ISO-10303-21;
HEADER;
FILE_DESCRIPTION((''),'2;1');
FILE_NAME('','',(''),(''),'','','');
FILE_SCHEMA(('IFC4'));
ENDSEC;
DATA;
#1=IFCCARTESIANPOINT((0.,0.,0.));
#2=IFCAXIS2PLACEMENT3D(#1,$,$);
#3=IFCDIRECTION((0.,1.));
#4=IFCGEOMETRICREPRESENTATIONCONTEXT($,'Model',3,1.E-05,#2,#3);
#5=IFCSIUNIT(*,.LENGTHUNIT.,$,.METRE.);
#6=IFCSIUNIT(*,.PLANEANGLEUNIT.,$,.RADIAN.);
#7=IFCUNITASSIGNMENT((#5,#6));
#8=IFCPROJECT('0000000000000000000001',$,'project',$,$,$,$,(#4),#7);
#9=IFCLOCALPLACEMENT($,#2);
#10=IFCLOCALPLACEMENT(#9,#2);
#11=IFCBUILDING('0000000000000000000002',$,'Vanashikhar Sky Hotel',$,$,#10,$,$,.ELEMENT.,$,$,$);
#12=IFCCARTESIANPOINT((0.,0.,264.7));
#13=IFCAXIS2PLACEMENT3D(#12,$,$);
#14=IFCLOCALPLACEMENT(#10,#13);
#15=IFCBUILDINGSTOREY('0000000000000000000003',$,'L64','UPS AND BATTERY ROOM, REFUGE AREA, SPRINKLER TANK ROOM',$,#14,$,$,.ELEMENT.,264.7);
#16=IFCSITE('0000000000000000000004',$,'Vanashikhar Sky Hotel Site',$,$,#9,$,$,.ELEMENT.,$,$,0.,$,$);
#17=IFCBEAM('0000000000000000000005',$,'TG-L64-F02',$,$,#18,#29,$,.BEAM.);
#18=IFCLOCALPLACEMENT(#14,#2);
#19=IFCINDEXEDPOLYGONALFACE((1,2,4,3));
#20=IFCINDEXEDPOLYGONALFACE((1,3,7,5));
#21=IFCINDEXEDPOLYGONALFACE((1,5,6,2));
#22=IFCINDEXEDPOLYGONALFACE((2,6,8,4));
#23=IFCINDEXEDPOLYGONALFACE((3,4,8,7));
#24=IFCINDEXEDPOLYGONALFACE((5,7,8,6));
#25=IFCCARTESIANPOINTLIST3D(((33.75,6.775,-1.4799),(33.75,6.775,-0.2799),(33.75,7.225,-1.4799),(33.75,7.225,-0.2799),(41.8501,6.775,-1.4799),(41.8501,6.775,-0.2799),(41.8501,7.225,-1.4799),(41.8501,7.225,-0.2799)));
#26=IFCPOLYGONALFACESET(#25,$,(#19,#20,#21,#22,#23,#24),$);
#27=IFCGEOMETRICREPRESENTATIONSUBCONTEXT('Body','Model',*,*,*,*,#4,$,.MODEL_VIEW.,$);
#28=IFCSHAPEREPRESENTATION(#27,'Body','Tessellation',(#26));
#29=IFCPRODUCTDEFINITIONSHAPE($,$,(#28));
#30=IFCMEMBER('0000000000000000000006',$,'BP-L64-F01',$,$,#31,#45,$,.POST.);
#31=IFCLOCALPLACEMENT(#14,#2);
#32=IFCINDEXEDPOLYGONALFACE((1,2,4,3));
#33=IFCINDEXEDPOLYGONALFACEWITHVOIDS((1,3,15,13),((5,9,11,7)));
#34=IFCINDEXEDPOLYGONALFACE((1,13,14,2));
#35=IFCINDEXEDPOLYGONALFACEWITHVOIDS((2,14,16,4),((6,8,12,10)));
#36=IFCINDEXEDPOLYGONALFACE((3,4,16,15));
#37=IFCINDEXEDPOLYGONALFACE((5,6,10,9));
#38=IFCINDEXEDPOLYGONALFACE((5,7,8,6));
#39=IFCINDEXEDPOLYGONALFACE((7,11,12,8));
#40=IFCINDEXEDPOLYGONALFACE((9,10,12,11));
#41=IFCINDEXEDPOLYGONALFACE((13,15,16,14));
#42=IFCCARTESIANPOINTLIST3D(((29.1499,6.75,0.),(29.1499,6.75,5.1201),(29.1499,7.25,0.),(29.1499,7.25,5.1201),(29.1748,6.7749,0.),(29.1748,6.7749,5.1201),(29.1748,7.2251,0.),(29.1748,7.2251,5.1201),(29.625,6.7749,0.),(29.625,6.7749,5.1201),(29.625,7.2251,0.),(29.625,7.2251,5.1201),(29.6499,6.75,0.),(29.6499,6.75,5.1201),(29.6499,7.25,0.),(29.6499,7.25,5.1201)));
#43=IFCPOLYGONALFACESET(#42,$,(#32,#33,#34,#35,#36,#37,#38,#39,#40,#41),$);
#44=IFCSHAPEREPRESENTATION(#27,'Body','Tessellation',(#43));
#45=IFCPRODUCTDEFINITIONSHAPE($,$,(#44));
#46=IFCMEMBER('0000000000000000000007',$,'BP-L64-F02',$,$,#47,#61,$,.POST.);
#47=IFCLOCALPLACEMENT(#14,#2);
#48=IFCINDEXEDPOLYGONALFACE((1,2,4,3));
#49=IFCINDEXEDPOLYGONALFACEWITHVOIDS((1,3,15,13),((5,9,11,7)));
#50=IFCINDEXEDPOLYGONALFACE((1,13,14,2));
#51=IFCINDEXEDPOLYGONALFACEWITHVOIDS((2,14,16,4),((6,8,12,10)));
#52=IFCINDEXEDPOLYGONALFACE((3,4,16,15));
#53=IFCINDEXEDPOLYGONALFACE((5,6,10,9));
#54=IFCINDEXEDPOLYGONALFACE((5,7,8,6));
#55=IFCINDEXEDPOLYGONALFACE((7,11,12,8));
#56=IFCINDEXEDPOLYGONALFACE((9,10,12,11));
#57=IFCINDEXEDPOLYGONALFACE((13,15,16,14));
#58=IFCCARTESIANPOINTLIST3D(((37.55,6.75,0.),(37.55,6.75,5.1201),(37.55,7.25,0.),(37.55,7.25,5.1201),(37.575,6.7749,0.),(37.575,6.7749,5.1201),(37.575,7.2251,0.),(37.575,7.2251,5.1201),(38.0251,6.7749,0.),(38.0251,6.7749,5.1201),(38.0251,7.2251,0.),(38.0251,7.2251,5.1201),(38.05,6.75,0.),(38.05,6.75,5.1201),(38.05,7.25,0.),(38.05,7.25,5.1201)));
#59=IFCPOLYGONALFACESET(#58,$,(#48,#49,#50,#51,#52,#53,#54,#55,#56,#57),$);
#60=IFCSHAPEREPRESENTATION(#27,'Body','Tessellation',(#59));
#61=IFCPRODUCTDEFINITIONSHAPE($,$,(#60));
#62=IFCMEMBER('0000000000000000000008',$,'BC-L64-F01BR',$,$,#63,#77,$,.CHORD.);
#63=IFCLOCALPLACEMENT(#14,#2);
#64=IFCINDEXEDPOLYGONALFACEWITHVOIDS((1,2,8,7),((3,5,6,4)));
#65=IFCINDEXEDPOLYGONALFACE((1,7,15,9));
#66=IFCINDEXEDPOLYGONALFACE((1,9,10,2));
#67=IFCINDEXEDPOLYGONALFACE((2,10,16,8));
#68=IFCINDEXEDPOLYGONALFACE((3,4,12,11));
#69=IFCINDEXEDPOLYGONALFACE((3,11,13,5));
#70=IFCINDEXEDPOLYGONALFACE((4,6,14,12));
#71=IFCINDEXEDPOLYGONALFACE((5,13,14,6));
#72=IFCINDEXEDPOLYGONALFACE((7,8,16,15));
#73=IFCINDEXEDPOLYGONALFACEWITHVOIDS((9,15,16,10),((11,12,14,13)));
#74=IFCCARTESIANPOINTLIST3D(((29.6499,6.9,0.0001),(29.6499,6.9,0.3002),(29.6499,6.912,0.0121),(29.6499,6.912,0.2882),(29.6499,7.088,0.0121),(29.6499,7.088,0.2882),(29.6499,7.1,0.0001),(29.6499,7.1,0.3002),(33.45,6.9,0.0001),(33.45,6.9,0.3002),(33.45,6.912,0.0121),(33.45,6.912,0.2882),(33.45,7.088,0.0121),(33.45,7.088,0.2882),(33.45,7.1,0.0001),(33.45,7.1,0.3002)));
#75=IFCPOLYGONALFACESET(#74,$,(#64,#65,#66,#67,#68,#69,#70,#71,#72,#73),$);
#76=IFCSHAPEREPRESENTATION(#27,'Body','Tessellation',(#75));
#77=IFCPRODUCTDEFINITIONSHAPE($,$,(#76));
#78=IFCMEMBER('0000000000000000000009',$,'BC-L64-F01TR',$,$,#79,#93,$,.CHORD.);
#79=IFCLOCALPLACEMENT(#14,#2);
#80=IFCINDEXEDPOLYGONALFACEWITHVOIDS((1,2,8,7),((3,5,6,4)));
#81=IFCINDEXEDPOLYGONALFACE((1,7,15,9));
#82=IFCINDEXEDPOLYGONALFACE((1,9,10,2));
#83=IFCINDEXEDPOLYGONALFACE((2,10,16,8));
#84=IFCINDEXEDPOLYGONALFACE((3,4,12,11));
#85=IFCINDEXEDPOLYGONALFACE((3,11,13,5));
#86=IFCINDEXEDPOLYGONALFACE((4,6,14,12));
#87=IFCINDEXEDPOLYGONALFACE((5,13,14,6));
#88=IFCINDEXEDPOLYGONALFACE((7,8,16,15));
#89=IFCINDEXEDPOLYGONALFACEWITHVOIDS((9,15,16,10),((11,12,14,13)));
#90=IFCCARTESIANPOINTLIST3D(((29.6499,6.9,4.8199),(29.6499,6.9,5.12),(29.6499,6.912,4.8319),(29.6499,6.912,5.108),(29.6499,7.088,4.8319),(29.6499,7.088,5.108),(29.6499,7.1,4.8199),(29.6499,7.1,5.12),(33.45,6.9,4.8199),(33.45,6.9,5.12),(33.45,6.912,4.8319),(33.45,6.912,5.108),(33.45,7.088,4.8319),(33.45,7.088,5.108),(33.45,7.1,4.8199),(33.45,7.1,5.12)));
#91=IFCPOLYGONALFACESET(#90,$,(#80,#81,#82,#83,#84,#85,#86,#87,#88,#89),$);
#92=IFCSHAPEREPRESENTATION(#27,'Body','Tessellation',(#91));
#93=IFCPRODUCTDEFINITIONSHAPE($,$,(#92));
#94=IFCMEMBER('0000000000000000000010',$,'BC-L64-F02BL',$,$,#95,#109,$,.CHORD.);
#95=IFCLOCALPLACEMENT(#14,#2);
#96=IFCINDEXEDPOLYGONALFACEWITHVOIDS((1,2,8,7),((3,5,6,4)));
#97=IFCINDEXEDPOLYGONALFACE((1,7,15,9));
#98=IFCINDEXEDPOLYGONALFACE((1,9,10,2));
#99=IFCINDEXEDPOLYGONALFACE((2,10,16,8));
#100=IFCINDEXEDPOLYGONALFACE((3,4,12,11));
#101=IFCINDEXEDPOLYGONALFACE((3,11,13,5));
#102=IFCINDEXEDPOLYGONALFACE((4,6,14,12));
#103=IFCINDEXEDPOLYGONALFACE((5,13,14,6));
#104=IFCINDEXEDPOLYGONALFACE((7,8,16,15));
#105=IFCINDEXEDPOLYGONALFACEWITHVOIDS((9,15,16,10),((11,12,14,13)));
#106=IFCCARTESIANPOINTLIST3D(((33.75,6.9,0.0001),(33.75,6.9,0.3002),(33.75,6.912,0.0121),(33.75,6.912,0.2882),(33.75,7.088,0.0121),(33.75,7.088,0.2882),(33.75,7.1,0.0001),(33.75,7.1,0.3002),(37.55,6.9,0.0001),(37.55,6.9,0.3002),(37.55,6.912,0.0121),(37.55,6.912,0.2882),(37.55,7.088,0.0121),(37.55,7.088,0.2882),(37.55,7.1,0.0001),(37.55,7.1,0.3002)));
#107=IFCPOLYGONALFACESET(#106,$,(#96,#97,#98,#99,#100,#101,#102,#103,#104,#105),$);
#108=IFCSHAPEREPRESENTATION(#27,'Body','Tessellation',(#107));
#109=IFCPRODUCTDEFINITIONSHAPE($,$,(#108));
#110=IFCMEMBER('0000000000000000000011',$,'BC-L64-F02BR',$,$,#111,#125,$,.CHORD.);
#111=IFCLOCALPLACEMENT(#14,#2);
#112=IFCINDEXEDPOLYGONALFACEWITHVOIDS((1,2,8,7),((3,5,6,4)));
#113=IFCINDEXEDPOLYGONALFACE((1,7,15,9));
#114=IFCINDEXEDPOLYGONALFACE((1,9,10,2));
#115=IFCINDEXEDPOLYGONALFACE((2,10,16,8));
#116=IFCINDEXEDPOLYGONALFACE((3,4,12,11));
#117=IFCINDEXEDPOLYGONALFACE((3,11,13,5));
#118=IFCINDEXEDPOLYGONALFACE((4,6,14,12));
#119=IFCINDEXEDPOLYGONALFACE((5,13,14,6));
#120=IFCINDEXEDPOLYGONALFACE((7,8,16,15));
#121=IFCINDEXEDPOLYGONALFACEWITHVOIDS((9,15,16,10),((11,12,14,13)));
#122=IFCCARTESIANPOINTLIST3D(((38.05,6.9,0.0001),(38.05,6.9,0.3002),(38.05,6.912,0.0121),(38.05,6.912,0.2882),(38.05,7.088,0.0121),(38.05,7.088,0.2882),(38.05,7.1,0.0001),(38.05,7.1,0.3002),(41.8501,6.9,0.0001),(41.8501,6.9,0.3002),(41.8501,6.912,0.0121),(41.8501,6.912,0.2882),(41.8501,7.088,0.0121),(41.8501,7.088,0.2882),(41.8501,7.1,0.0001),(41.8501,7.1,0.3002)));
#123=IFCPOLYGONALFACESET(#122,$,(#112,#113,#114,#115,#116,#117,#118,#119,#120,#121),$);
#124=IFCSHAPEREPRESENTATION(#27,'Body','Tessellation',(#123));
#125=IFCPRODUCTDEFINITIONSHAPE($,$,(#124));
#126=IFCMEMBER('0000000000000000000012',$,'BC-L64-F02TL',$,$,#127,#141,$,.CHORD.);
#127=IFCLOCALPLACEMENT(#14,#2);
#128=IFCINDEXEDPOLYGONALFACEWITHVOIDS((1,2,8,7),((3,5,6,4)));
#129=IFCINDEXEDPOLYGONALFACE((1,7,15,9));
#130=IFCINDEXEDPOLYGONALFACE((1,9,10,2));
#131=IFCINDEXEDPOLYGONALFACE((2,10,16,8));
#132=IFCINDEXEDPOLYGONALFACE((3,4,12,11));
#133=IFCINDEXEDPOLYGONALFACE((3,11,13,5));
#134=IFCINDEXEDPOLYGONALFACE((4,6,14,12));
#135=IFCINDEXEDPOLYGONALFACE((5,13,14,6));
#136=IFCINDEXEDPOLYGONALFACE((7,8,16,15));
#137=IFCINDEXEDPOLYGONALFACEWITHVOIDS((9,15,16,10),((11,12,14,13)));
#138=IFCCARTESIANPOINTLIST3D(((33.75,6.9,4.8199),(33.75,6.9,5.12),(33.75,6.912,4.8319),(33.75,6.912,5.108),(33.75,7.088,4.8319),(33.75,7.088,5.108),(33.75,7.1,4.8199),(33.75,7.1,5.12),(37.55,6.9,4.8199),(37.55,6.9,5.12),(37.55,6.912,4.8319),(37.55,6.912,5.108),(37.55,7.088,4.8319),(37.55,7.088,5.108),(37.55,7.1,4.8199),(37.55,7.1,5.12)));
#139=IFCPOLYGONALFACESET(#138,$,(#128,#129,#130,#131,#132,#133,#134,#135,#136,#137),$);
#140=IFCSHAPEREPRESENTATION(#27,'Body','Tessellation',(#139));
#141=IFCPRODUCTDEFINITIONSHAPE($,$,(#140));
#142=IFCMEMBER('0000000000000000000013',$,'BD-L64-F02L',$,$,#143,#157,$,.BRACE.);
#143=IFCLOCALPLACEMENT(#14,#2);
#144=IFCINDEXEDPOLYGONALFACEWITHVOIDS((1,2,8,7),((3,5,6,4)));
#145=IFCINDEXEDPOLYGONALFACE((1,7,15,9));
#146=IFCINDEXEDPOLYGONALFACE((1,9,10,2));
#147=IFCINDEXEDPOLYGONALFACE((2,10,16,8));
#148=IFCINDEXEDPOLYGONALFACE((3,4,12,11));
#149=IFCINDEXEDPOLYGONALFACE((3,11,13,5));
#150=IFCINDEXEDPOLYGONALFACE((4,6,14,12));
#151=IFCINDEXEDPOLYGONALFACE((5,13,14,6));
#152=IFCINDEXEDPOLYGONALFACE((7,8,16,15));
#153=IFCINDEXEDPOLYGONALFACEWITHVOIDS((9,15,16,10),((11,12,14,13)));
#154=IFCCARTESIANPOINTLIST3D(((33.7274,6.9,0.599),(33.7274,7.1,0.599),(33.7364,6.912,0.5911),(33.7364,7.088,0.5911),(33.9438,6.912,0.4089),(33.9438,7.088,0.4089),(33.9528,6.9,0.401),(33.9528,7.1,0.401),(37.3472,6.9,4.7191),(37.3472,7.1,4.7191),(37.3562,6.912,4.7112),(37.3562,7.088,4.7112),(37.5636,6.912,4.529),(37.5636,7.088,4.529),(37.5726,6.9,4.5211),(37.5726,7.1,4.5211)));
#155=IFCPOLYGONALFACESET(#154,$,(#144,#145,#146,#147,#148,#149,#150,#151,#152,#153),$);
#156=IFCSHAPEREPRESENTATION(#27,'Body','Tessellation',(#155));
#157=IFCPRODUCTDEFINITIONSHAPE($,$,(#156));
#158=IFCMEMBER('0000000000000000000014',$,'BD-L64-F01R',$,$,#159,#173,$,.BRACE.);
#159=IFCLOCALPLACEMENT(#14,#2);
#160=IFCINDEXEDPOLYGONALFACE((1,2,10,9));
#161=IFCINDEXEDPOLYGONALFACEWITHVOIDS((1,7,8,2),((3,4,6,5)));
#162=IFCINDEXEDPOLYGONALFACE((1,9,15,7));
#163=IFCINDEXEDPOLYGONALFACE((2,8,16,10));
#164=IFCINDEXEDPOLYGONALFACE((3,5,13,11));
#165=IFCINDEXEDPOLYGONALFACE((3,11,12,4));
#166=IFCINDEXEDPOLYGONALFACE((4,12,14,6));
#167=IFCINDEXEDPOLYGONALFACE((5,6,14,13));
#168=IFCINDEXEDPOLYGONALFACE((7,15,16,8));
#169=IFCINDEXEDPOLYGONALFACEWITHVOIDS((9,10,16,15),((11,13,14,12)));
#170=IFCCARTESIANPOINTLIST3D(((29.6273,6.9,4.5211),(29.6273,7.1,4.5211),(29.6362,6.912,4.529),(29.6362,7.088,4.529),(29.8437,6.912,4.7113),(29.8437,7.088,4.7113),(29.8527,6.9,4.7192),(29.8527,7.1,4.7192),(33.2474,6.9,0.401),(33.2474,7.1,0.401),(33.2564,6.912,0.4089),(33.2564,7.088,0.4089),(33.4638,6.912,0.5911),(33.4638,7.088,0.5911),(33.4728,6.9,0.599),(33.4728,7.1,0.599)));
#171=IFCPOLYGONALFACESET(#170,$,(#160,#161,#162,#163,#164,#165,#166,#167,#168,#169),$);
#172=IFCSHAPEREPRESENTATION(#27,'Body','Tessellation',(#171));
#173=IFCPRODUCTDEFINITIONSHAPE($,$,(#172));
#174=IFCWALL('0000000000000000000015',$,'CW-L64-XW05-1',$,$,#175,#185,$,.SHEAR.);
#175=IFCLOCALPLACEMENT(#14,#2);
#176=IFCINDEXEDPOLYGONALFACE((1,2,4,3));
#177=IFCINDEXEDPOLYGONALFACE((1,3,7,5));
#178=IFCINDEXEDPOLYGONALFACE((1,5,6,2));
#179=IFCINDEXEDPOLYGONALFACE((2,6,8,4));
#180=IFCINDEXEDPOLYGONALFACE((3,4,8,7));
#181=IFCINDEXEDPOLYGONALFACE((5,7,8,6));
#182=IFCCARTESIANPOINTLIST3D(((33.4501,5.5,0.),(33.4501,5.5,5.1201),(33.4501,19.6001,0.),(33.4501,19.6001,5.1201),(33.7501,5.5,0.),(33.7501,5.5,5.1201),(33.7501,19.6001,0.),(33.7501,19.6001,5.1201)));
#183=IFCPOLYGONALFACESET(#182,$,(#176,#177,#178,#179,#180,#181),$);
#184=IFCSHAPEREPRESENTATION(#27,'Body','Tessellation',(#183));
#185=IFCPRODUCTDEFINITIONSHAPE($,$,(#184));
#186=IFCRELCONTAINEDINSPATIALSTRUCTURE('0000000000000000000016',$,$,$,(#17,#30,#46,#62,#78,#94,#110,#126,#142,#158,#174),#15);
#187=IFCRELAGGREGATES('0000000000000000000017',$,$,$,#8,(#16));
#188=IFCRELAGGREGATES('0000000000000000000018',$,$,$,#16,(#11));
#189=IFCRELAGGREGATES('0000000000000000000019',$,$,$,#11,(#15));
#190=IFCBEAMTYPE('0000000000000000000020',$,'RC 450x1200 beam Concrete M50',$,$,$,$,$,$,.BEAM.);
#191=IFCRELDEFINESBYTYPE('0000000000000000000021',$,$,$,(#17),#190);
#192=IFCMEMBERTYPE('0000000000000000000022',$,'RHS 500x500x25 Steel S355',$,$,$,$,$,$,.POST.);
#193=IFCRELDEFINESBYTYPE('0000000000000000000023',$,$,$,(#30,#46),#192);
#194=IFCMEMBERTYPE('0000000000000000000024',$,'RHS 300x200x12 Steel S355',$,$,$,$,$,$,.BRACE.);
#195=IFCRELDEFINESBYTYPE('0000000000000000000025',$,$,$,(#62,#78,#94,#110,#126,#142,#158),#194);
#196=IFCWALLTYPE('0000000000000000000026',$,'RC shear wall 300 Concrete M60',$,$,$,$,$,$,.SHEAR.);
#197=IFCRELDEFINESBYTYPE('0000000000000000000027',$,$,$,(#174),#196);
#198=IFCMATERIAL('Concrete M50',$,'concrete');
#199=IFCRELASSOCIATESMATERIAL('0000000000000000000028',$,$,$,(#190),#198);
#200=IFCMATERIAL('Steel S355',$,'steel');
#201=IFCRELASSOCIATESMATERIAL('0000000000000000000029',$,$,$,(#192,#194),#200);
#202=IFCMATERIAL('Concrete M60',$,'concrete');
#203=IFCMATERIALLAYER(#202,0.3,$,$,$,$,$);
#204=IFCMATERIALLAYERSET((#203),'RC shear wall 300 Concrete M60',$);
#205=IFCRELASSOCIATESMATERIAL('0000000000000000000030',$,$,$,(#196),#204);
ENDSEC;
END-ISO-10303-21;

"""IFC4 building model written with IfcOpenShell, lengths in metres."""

from ifc_helpers import new_model, si_unit, direction, frame, frame_2d, origin, origin_2d, place, context, subcontext, project, spatial, rectangle, hollow_rectangle, extrude, source, transform, mapped, material, layer, layer_set, material_profile, profile_set, type_object, element, save


model = new_model("IFC4")

# Units and contexts
model_context = context("Model", 3, precision=1e-05, world=origin(), true_north=direction((0.0, 1.0)))
body_context = subcontext(model_context, "Body", "Model", "MODEL_VIEW")
ifc_project = project(units=[si_unit("LENGTHUNIT", "METRE"), si_unit("PLANEANGLEUNIT", "RADIAN")], contexts=[model_context])

# Site, building, storey
site_placement = place(None, origin())
site = spatial("IfcSite", under=ifc_project, at=site_placement, Name="Vanashikhar Sky Hotel Site", CompositionType="ELEMENT", RefElevation=0.0)
building_placement = place(site_placement, origin())
building = spatial("IfcBuilding", under=site, at=building_placement, Name="Vanashikhar Sky Hotel", CompositionType="ELEMENT")
storey_placement = place(building_placement, frame((0.0, 0.0, 264.7)))
storey = spatial("IfcBuildingStorey", under=building, at=storey_placement, Name="L64", Description="UPS AND BATTERY ROOM, REFUGE AREA, SPRINKLER TANK ROOM", CompositionType="ELEMENT", Elevation=264.7)

# Beam
ifc_material_1 = material(Name="Concrete M50", Category="concrete")
ifc_material_profile_1 = material_profile(ifc_material_1, rectangle(XDim=0.45, YDim=1.2, at=origin_2d()))
ifc_profile_set_1 = profile_set([ifc_material_profile_1], Name="RC 450x1200 beam Concrete M50")
beam_type = type_object("IfcBeamType", Name="RC 450x1200 beam Concrete M50", PredefinedType="BEAM", material=ifc_profile_set_1)
shared_shape_1 = source(origin(), body_context, "Body", "SweptSolid", [
    extrude(rectangle(XDim=0.45, YDim=1.2, at=origin_2d()), origin(), (0.0, 0.0, 1.0), 8.1001),
])
beam_placement = place(storey_placement, frame((33.75, 7.0, -0.8799), z_axis=(1.0, 0.0, 0.0), x_axis=(0.0, 1.0, 0.0)))
element("IfcBeam", 1, at=beam_placement, inside=storey, type_object=beam_type, Name="TG-L64-F02", PredefinedType="BEAM", context=body_context, shape_type="MappedRepresentation", body=[
    mapped(shared_shape_1, transform((0.0, 0.0, 0.0), scale=1.0)),
])

# Members
ifc_material_2 = material(Name="Steel S355", Category="steel")
ifc_material_profile_2 = material_profile(ifc_material_2, hollow_rectangle(XDim=0.5, YDim=0.5, WallThickness=0.0249, at=origin_2d()))
ifc_profile_set_2 = profile_set([ifc_material_profile_2], Name="RHS 500x500x25 Steel S355")
member_type_1 = type_object("IfcMemberType", Name="RHS 500x500x25 Steel S355", PredefinedType="POST", material=ifc_profile_set_2)
shared_shape_2 = source(origin(), body_context, "Body", "SweptSolid", [
    extrude(hollow_rectangle(XDim=0.5, YDim=0.5, WallThickness=0.0249, at=origin_2d()), origin(), (0.0, 0.0, 1.0), 5.1201),
])
for number, where, z_axis, x_axis, name in (
    (2, (29.3999, 7.0, 0.0), (0.0, 0.0, 1.0), (1.0, 0.0, 0.0), "BP-L64-F01"),
    (3, (37.8, 7.0, 0.0), (0.0, 0.0, 1.0), (1.0, 0.0, 0.0), "BP-L64-F02"),
):
    element("IfcMember", number, at=place(storey_placement, frame(where, z_axis=z_axis, x_axis=x_axis)), inside=storey, type_object=member_type_1, Name=name, PredefinedType="POST", context=body_context, shape_type="MappedRepresentation", body=[
        mapped(shared_shape_2, transform((0.0, 0.0, 0.0), scale=1.0)),
    ])
ifc_material_profile_3 = material_profile(ifc_material_2, hollow_rectangle(XDim=0.2, YDim=0.3, WallThickness=0.012, at=origin_2d()))
ifc_profile_set_3 = profile_set([ifc_material_profile_3], Name="RHS 300x200x12 Steel S355")
member_type_2 = type_object("IfcMemberType", Name="RHS 300x200x12 Steel S355", PredefinedType="BRACE", material=ifc_profile_set_3)
shared_shape_3 = source(origin(), body_context, "Body", "SweptSolid", [
    extrude(hollow_rectangle(XDim=0.2, YDim=0.3, WallThickness=0.012, at=origin_2d()), origin(), (0.0, 0.0, 1.0), 3.8),
])
for number, where, z_axis, x_axis, name in (
    (4, (29.6499, 7.0, 0.1501), (1.0, 0.0, 0.0), (0.0, 1.0, 0.0), "BC-L64-F01BR"),
    (5, (29.6499, 7.0, 4.97), (1.0, 0.0, 0.0), (0.0, 1.0, 0.0), "BC-L64-F01TR"),
    (6, (33.75, 7.0, 0.1501), (1.0, 0.0, 0.0), (0.0, 1.0, 0.0), "BC-L64-F02BL"),
    (7, (38.05, 7.0, 0.1501), (1.0, 0.0, 0.0), (0.0, 1.0, 0.0), "BC-L64-F02BR"),
    (8, (33.75, 7.0, 4.97), (1.0, 0.0, 0.0), (0.0, 1.0, 0.0), "BC-L64-F02TL"),
):
    element("IfcMember", number, at=place(storey_placement, frame(where, z_axis=z_axis, x_axis=x_axis)), inside=storey, type_object=member_type_2, Name=name, PredefinedType="CHORD", context=body_context, shape_type="MappedRepresentation", body=[
        mapped(shared_shape_3, transform((0.0, 0.0, 0.0), scale=1.0)),
    ])
shared_shape_4 = source(origin(), body_context, "Body", "SweptSolid", [
    extrude(hollow_rectangle(XDim=0.2, YDim=0.3, WallThickness=0.012, at=origin_2d()), origin(), (0.0, 0.0, 1.0), 5.4844),
])
member_1_placement = place(storey_placement, frame((33.8401, 7.0, 0.5), z_axis=(0.660029, 0.0, 0.75124), x_axis=(0.0, 1.0, 0.0)))
element("IfcMember", 9, at=member_1_placement, inside=storey, type_object=member_type_2, Name="BD-L64-F02L", PredefinedType="BRACE", context=body_context, shape_type="MappedRepresentation", body=[
    mapped(shared_shape_4, transform((0.0, 0.0, 0.0), scale=1.0)),
])
shared_shape_5 = source(origin(), body_context, "Body", "SweptSolid", [
    extrude(hollow_rectangle(XDim=0.2, YDim=0.3, WallThickness=0.012, at=origin_2d()), origin(), (0.0, 0.0, 1.0), 5.4846),
])
member_2_placement = place(storey_placement, frame((33.3601, 7.0, 0.5), z_axis=(-0.660054, 0.0, 0.751218), x_axis=(0.0, -1.0, 0.0)))
element("IfcMember", 10, at=member_2_placement, inside=storey, type_object=member_type_2, Name="BD-L64-F01R", PredefinedType="BRACE", context=body_context, shape_type="MappedRepresentation", body=[
    mapped(shared_shape_5, transform((0.0, 0.0, 0.0), scale=1.0)),
])

# Wall
ifc_material_3 = material(Name="Concrete M60", Category="concrete")
ifc_layer_1 = layer(ifc_material_3, 0.3)
ifc_layer_set_1 = layer_set([ifc_layer_1], Name="RC shear wall 300 Concrete M60")
wall_type = type_object("IfcWallType", Name="RC shear wall 300 Concrete M60", PredefinedType="SHEAR", material=ifc_layer_set_1)
shared_shape_6 = source(origin(), body_context, "Body", "SweptSolid", [
    extrude(rectangle(XDim=14.1001, YDim=0.3, at=frame_2d((7.05, 0.0))), origin(), (0.0, 0.0, 1.0), 5.1201),
])
wall_placement = place(storey_placement, frame((33.6001, 5.5, 0.0), z_axis=(0.0, 0.0, 1.0), x_axis=(0.0, 1.0, 0.0)))
element("IfcWall", 11, at=wall_placement, inside=storey, type_object=wall_type, Name="CW-L64-XW05-1", PredefinedType="SHEAR", context=body_context, shape_type="MappedRepresentation", body=[
    mapped(shared_shape_6, transform((0.0, 0.0, 0.0), scale=1.0)),
])

save(model, "model.ifc")
